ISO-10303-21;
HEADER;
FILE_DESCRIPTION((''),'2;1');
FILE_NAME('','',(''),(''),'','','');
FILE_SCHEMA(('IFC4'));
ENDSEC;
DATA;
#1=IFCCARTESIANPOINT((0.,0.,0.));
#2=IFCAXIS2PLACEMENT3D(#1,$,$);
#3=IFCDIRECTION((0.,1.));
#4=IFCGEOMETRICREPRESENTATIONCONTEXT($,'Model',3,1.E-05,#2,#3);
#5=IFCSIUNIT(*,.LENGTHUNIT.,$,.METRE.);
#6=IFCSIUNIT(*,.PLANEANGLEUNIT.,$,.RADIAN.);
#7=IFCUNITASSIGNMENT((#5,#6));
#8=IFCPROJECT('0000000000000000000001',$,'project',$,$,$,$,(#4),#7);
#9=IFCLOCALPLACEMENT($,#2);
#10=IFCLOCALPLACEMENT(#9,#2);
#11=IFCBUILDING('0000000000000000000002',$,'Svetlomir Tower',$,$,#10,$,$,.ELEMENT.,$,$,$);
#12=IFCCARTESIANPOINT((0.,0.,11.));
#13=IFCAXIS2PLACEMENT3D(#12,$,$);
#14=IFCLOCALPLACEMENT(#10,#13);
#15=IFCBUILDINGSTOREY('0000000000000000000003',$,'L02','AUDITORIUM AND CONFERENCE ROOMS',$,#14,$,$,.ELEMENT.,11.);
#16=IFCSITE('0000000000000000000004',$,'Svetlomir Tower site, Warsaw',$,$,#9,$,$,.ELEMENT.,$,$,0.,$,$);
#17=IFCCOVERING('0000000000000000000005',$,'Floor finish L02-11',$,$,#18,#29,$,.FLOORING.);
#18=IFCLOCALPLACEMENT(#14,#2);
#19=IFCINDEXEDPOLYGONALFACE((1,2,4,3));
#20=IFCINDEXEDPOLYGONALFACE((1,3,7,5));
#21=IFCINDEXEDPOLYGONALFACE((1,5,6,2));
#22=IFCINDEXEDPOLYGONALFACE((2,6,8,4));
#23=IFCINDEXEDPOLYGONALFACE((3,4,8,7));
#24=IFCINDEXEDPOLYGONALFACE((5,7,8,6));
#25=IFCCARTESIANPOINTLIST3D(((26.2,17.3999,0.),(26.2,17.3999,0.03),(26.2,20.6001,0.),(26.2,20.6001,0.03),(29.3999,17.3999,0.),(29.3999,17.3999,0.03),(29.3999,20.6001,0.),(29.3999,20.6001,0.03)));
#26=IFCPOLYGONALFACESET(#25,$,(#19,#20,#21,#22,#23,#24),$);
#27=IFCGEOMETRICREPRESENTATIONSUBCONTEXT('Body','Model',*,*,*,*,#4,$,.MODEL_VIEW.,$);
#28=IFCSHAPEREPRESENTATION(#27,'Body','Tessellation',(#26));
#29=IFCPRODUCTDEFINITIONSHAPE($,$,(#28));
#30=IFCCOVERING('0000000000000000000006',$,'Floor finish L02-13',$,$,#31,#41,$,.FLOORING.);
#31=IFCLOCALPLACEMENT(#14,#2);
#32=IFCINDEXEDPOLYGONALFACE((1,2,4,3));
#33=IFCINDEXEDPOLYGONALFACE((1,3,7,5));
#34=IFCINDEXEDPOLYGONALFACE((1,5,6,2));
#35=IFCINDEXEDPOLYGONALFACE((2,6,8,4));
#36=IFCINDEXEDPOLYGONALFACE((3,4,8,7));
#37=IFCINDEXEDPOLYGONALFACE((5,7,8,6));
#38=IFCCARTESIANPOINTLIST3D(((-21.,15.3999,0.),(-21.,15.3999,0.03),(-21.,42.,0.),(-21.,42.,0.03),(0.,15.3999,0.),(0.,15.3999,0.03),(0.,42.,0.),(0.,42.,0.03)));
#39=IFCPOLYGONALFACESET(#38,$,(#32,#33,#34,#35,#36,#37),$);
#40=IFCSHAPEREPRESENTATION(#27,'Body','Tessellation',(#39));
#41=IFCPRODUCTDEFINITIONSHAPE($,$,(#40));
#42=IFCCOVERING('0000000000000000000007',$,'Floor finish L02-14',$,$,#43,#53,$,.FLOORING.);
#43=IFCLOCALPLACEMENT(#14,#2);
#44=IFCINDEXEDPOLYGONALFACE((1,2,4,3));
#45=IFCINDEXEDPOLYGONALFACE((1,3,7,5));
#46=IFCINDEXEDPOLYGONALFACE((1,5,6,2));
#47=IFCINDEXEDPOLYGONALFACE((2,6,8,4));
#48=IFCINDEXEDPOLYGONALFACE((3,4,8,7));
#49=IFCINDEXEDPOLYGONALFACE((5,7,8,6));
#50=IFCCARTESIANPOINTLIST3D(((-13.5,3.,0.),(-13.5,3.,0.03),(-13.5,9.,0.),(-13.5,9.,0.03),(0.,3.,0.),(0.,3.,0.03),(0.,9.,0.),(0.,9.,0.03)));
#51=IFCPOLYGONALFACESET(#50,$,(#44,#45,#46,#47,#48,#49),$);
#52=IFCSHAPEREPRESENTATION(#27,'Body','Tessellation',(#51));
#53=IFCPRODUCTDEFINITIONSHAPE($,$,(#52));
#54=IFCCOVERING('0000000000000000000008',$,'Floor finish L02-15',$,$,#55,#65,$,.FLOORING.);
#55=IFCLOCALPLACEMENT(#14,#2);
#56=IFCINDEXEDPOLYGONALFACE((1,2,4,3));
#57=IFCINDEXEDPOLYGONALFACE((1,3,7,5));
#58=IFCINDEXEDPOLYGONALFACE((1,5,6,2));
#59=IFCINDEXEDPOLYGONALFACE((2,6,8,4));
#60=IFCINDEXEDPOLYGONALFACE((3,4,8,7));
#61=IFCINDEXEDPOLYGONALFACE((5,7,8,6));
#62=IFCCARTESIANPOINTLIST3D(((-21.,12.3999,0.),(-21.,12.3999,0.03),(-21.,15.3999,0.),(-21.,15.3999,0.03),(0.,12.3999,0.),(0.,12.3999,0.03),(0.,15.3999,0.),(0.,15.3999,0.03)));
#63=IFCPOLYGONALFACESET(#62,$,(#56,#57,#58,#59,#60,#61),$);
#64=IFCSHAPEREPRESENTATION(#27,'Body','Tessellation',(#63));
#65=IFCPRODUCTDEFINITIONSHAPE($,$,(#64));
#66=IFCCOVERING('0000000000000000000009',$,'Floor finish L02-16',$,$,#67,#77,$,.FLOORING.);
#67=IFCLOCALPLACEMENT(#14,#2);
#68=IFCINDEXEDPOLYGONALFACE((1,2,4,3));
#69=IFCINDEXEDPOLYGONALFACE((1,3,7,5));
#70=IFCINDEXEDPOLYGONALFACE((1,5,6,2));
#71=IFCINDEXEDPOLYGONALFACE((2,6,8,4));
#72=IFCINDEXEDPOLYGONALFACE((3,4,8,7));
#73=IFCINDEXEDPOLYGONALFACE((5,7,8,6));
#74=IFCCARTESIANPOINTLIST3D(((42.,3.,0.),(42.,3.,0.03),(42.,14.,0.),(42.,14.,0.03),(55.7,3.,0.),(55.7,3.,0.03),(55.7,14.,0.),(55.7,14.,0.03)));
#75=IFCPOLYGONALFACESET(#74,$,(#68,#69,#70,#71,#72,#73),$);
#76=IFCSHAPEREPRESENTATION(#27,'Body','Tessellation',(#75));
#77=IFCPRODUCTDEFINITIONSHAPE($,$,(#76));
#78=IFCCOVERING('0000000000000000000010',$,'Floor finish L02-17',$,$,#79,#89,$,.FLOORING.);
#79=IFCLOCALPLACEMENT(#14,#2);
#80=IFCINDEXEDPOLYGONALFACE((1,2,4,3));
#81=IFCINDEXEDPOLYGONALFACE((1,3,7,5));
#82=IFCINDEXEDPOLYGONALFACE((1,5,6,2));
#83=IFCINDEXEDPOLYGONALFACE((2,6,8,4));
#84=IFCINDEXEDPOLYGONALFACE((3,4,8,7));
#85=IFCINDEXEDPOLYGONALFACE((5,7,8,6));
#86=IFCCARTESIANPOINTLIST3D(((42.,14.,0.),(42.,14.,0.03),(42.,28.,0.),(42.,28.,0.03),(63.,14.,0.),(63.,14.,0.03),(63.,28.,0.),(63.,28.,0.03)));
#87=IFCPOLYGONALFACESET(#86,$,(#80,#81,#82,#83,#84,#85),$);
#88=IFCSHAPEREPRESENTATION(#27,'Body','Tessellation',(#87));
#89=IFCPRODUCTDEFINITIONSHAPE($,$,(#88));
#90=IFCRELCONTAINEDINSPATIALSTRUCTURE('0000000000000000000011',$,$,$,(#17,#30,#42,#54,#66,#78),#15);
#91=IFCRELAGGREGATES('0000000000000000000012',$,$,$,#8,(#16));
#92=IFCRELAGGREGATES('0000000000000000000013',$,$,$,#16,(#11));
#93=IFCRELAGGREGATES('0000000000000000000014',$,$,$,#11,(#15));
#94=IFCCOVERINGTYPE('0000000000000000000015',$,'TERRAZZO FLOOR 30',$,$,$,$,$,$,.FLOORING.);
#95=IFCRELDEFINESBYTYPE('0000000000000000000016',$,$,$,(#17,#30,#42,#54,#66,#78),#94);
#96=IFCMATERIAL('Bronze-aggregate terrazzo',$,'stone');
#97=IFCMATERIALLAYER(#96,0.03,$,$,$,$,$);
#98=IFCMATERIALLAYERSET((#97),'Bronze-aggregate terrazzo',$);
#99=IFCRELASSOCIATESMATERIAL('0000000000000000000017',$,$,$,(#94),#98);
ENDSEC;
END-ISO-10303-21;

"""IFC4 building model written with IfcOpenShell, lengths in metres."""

from ifc_helpers import new_model, si_unit, direction, frame, origin, place, context, subcontext, project, spatial, polyline, outline, extrude, material, layer, layer_set, type_object, element, save


model = new_model("IFC4")

# Units and contexts
model_context = context("Model", 3, precision=1e-05, world=origin(), true_north=direction((0.0, 1.0)))
body_context = subcontext(model_context, "Body", "Model", "MODEL_VIEW")
ifc_project = project(units=[si_unit("LENGTHUNIT", "METRE"), si_unit("PLANEANGLEUNIT", "RADIAN")], contexts=[model_context])

# Site, building, storey
site_placement = place(None, origin())
site = spatial("IfcSite", under=ifc_project, at=site_placement, Name="Svetlomir Tower site, Warsaw", CompositionType="ELEMENT", RefElevation=0.0)
building_placement = place(site_placement, origin())
building = spatial("IfcBuilding", under=site, at=building_placement, Name="Svetlomir Tower", CompositionType="ELEMENT")
storey_placement = place(building_placement, frame((0.0, 0.0, 11.0)))
storey = spatial("IfcBuildingStorey", under=building, at=storey_placement, Name="L02", Description="AUDITORIUM AND CONFERENCE ROOMS", CompositionType="ELEMENT", Elevation=11.0)

# Coverings
ifc_material_1 = material(Name="Bronze-aggregate terrazzo", Category="stone")
ifc_layer_1 = layer(ifc_material_1, 0.03)
ifc_layer_set_1 = layer_set([ifc_layer_1], Name="Bronze-aggregate terrazzo")
covering_type_1 = type_object("IfcCoveringType", Name="TERRAZZO FLOOR 30", PredefinedType="FLOORING", material=ifc_layer_set_1)
covering_1_placement = place(storey_placement, origin())
element("IfcCovering", 1, at=covering_1_placement, inside=storey, type_object=covering_type_1, Name="Floor finish L02-11", PredefinedType="FLOORING", context=body_context, shape_type="SweptSolid", body=[
    extrude(outline(polyline([(26.2, 17.3999), (29.3999, 17.3999), (29.3999, 20.6001), (26.2, 20.6001), (26.2, 17.3999)])), origin(), (0.0, 0.0, 1.0), 0.03),
])
covering_2_placement = place(storey_placement, origin())
element("IfcCovering", 2, at=covering_2_placement, inside=storey, type_object=covering_type_1, Name="Floor finish L02-13", PredefinedType="FLOORING", context=body_context, shape_type="SweptSolid", body=[
    extrude(outline(polyline([(-21.0, 15.3999), (0.0, 15.3999), (0.0, 42.0), (-21.0, 42.0), (-21.0, 15.3999)])), origin(), (0.0, 0.0, 1.0), 0.03),
])
covering_3_placement = place(storey_placement, origin())
element("IfcCovering", 3, at=covering_3_placement, inside=storey, type_object=covering_type_1, Name="Floor finish L02-14", PredefinedType="FLOORING", context=body_context, shape_type="SweptSolid", body=[
    extrude(outline(polyline([(-13.5, 3.0), (0.0, 3.0), (0.0, 9.0), (-13.5, 9.0), (-13.5, 3.0)])), origin(), (0.0, 0.0, 1.0), 0.03),
])
covering_4_placement = place(storey_placement, origin())
element("IfcCovering", 4, at=covering_4_placement, inside=storey, type_object=covering_type_1, Name="Floor finish L02-15", PredefinedType="FLOORING", context=body_context, shape_type="SweptSolid", body=[
    extrude(outline(polyline([(-21.0, 12.3999), (0.0, 12.3999), (0.0, 15.3999), (-21.0, 15.3999), (-21.0, 12.3999)])), origin(), (0.0, 0.0, 1.0), 0.03),
])
covering_5_placement = place(storey_placement, origin())
element("IfcCovering", 5, at=covering_5_placement, inside=storey, type_object=covering_type_1, Name="Floor finish L02-16", PredefinedType="FLOORING", context=body_context, shape_type="SweptSolid", body=[
    extrude(outline(polyline([(42.0, 3.0), (55.7, 3.0), (55.7, 14.0), (42.0, 14.0), (42.0, 3.0)])), origin(), (0.0, 0.0, 1.0), 0.03),
])
covering_6_placement = place(storey_placement, origin())
element("IfcCovering", 6, at=covering_6_placement, inside=storey, type_object=covering_type_1, Name="Floor finish L02-17", PredefinedType="FLOORING", context=body_context, shape_type="SweptSolid", body=[
    extrude(outline(polyline([(42.0, 14.0), (63.0, 14.0), (63.0, 28.0), (42.0, 28.0), (42.0, 14.0)])), origin(), (0.0, 0.0, 1.0), 0.03),
])

save(model, "model.ifc")
